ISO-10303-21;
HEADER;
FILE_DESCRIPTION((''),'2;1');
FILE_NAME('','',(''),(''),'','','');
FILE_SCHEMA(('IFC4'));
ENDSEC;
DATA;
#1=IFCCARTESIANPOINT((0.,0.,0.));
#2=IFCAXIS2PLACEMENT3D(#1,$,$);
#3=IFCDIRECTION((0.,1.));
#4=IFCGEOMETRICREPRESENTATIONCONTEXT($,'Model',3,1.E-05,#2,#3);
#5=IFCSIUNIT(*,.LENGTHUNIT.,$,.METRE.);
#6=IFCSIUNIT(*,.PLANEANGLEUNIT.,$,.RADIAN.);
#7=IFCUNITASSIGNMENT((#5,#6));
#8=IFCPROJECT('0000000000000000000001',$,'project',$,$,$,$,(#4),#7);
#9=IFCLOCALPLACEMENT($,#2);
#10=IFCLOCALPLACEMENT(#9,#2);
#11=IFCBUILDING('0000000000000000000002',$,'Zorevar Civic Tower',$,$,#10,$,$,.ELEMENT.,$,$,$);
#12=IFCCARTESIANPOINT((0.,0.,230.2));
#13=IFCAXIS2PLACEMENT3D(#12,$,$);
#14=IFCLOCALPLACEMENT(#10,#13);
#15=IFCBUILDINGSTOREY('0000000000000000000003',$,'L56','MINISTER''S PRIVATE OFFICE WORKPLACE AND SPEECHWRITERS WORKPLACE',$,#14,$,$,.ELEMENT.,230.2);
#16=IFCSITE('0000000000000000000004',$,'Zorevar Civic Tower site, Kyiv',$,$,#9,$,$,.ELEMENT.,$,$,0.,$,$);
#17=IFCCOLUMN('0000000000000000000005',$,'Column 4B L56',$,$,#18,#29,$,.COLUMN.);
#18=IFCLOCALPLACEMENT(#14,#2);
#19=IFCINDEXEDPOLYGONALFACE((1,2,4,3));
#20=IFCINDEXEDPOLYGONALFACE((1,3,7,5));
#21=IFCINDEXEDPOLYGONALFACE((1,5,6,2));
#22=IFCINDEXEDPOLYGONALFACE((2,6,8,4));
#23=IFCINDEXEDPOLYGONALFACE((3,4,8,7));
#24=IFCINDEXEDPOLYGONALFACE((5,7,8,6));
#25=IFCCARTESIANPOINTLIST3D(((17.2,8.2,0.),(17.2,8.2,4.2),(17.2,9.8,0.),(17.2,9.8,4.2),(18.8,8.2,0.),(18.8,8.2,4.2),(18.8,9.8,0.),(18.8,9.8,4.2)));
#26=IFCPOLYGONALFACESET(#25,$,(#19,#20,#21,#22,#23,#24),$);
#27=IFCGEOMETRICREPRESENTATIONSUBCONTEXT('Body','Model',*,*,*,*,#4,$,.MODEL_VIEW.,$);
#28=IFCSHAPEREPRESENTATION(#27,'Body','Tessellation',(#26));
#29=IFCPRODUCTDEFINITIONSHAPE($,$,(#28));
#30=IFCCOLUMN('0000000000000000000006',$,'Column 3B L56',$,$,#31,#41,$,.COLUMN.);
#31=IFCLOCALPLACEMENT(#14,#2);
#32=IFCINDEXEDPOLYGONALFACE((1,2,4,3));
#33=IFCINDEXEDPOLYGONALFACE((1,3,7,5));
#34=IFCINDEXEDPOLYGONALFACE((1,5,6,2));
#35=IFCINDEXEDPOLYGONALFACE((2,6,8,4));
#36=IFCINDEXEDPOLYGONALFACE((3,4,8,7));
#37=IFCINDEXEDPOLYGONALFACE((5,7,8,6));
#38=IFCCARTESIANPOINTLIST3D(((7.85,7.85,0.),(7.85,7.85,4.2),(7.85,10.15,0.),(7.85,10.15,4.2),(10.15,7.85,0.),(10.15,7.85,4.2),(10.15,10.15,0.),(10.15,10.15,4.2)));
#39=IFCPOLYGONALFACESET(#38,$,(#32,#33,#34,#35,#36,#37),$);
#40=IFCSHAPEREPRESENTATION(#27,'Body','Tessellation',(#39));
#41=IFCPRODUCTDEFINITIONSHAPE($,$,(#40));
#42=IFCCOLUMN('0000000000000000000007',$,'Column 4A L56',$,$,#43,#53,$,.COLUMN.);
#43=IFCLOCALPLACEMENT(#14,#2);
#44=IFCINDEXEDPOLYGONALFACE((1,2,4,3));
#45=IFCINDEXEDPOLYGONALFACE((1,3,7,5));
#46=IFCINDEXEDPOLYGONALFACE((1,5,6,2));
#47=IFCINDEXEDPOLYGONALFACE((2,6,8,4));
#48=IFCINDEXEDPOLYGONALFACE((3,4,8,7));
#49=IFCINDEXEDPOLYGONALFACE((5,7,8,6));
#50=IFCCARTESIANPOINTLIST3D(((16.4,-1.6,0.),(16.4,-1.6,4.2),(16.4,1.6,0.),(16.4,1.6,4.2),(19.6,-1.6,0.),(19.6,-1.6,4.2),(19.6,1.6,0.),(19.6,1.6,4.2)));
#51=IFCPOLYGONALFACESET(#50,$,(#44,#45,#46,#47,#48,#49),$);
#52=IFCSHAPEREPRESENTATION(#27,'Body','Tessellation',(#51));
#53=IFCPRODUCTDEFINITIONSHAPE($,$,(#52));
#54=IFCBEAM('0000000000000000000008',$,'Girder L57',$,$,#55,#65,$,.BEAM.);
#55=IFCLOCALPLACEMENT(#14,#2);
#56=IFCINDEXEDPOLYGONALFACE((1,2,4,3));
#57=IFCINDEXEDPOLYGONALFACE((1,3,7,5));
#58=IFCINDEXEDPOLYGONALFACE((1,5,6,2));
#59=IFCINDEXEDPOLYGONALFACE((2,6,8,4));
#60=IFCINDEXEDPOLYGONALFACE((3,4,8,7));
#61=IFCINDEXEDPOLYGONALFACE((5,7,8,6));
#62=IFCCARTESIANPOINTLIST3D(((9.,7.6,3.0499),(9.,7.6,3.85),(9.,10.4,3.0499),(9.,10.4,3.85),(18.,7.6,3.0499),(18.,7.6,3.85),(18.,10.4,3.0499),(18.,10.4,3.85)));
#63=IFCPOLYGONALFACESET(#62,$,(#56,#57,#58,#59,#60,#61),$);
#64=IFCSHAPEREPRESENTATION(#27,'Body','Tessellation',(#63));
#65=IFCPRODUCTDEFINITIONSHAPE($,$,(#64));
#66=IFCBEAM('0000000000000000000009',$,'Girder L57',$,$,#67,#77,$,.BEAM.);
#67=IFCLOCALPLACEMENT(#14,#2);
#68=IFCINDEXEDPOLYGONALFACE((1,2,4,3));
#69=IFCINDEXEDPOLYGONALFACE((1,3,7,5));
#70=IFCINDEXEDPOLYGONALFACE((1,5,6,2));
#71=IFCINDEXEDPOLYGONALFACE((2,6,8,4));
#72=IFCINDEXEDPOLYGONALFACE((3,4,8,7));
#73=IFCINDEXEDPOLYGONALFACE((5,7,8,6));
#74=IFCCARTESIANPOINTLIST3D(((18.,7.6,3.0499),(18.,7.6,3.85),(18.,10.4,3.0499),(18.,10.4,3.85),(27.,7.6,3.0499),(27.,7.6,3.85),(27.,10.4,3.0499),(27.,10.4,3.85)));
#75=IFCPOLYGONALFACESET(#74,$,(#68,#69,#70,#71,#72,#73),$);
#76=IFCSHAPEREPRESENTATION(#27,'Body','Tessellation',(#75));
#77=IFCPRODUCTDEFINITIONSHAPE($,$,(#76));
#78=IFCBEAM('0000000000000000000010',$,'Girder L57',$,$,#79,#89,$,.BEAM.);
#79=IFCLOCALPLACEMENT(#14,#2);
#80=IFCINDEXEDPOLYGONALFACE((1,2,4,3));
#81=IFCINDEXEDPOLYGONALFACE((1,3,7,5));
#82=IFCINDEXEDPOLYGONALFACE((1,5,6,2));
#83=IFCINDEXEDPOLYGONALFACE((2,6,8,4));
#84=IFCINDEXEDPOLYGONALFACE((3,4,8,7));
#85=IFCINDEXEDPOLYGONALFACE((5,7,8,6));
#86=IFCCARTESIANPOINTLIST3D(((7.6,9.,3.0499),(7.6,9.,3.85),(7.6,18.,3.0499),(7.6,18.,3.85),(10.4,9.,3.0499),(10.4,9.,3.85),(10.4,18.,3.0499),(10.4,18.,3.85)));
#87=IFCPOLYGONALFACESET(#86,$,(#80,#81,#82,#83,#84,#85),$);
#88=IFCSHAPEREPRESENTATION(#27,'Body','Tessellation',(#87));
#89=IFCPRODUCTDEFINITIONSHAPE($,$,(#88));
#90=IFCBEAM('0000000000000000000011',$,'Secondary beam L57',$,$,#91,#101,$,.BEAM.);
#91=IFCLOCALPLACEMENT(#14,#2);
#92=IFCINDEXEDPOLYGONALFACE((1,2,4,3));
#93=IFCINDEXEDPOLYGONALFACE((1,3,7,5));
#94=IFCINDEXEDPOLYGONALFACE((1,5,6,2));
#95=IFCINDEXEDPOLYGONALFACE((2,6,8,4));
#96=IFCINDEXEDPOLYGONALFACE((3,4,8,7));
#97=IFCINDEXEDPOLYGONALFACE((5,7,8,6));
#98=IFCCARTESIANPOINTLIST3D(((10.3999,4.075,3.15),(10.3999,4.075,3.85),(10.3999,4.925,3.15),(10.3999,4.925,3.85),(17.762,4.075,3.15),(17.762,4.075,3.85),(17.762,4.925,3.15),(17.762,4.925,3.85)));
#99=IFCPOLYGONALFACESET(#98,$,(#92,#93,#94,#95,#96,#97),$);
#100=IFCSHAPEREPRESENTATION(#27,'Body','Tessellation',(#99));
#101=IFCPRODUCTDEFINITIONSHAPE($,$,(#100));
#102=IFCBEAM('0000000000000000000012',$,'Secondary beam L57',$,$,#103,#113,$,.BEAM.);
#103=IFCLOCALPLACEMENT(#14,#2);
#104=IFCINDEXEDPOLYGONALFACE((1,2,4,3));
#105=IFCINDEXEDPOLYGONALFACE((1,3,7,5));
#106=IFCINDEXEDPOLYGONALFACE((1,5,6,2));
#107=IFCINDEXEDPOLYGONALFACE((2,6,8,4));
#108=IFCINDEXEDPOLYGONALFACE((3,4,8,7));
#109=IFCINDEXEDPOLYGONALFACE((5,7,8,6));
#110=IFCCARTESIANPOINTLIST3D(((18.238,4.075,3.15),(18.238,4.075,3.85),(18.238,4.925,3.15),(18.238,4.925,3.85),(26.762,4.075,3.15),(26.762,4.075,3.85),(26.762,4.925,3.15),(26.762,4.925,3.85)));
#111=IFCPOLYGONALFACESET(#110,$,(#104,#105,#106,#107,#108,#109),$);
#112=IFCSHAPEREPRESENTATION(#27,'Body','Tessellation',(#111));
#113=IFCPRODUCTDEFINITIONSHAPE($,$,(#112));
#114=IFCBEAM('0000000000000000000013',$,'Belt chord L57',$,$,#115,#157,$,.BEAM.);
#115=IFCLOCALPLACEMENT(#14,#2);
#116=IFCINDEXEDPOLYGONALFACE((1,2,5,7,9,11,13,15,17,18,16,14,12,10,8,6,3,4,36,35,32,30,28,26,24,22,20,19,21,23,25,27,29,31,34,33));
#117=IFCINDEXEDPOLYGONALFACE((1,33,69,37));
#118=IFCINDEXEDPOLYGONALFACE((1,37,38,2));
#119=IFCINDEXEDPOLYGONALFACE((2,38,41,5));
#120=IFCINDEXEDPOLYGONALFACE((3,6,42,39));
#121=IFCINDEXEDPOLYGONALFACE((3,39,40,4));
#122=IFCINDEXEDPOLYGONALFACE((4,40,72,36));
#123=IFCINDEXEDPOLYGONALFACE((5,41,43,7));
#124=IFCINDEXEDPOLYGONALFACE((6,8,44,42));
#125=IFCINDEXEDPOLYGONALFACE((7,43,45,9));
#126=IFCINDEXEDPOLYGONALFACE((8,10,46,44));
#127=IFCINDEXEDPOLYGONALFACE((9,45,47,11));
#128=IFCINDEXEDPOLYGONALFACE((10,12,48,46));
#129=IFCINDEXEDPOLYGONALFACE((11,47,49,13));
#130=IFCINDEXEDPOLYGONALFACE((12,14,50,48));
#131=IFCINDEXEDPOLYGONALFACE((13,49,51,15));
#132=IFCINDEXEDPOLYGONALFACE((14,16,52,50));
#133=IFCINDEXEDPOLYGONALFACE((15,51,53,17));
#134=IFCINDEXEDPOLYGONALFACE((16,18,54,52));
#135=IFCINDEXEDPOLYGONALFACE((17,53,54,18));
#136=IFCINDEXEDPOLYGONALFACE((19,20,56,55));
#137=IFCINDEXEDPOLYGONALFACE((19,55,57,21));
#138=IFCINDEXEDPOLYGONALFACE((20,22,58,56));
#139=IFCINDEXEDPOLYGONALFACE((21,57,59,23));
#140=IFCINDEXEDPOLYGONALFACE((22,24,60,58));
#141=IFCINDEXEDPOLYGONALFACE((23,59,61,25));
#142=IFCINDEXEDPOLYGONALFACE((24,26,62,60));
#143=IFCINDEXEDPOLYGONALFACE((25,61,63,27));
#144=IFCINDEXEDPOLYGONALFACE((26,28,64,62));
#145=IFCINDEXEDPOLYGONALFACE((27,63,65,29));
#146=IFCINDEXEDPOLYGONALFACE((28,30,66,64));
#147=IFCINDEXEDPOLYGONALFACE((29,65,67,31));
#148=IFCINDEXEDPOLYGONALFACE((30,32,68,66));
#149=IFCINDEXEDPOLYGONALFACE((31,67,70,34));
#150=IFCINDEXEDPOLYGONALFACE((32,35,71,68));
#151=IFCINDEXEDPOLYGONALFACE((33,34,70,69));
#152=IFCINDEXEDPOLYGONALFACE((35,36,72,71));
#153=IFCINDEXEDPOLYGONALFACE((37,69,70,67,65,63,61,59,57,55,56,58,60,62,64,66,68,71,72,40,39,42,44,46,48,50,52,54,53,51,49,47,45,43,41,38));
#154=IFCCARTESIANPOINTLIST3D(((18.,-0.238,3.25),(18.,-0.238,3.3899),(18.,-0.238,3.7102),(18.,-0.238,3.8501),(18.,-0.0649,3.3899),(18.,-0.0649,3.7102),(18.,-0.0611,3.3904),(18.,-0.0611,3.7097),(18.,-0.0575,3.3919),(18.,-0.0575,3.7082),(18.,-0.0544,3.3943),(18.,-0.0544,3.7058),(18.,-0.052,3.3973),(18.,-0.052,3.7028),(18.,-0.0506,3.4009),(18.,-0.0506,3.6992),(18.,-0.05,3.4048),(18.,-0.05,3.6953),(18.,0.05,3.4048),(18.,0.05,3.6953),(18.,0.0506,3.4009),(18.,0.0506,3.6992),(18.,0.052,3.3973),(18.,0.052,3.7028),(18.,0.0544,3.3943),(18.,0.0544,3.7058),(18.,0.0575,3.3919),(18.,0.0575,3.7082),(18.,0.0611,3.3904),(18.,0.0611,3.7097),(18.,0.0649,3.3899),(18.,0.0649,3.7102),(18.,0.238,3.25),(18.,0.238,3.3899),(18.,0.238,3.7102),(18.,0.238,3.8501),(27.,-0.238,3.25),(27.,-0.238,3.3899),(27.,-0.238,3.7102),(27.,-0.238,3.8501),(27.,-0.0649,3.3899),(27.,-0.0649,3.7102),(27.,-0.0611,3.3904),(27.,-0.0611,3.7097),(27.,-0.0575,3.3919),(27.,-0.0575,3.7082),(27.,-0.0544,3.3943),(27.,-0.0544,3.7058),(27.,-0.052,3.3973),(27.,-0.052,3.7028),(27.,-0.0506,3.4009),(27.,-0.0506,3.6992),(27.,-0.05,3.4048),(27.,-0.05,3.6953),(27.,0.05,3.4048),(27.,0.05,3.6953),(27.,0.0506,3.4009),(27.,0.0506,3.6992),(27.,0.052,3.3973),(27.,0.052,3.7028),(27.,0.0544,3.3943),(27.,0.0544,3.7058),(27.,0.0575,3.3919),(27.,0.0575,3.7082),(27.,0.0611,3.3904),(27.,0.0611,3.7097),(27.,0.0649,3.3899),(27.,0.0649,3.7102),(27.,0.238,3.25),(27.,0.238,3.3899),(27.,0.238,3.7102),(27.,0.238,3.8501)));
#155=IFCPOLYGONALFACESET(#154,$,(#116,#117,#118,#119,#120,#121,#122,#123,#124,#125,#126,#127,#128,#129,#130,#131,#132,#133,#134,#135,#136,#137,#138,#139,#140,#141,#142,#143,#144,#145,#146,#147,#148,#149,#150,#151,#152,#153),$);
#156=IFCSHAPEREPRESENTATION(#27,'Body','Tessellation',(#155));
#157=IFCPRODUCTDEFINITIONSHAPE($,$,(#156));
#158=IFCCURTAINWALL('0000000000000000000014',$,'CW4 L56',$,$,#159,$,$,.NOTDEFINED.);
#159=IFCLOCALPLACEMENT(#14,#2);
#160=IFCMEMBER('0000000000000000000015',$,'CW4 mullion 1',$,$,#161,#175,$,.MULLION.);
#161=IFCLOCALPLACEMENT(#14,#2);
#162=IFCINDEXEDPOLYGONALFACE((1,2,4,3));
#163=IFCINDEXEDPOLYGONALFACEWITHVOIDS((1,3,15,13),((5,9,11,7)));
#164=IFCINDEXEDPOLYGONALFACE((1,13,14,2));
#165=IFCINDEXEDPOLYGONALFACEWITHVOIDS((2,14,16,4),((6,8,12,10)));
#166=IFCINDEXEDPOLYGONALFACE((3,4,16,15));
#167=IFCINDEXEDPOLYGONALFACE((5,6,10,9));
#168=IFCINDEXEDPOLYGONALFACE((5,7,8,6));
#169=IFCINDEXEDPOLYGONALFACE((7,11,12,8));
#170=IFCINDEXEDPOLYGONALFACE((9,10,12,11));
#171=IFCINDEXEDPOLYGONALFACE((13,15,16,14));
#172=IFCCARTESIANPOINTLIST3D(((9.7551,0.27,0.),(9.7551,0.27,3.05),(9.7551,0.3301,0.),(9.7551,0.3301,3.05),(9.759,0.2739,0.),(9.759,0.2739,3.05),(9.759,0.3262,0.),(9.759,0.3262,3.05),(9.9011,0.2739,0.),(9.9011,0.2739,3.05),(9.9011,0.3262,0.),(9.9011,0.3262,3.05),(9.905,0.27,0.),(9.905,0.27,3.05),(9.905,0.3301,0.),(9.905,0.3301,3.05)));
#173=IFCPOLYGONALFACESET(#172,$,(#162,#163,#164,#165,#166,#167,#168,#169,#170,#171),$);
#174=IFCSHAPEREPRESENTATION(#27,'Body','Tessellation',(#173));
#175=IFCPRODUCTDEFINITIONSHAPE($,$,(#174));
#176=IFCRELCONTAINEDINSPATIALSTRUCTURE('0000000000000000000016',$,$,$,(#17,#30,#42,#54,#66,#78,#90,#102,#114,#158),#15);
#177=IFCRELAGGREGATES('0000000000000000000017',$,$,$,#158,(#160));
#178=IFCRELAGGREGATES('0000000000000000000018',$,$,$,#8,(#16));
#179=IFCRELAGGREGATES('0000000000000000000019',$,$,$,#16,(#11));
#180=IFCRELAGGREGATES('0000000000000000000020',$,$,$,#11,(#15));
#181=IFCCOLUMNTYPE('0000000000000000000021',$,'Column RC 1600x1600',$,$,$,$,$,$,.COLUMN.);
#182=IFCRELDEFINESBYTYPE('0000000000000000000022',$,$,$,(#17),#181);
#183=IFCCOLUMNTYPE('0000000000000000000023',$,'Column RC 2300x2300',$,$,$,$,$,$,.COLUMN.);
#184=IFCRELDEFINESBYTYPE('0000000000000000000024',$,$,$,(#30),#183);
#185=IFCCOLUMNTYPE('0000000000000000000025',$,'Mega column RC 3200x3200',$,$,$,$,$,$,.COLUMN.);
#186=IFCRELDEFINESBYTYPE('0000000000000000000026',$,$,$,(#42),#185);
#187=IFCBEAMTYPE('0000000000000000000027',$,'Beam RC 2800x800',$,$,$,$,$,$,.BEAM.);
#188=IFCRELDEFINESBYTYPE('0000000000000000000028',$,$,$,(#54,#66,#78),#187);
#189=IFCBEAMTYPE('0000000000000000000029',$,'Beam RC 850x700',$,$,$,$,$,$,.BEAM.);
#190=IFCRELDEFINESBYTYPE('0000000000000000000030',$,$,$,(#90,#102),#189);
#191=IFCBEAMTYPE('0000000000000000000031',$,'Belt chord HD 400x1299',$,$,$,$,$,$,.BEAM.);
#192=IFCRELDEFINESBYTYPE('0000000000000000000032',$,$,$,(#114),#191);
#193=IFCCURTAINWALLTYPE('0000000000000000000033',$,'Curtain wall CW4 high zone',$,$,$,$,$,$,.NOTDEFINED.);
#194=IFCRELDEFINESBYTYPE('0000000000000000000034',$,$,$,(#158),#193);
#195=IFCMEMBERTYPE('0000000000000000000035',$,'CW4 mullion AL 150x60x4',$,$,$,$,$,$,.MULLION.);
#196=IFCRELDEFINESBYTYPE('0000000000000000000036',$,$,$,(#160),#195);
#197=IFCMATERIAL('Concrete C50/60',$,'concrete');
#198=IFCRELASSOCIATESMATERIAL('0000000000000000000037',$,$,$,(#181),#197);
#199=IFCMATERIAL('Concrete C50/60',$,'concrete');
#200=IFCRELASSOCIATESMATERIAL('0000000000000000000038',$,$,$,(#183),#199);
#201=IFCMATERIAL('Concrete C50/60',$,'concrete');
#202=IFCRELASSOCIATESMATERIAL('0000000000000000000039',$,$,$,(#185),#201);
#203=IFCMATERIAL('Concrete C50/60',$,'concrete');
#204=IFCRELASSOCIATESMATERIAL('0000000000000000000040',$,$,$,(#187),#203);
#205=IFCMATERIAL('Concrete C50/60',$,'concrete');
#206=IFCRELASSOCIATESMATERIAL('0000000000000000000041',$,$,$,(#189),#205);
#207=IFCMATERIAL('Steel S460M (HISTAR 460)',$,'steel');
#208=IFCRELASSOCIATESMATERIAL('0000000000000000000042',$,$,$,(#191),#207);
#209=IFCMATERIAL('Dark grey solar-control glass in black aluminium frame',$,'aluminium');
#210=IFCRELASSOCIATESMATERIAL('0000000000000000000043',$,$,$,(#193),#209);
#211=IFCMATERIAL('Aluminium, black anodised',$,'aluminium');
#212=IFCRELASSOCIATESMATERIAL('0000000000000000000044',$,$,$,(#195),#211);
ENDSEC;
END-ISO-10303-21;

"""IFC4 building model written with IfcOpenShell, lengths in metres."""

from ifc_helpers import new_model, si_unit, direction, frame, origin, origin_2d, place, context, subcontext, project, spatial, rectangle, hollow_rectangle, i_section, extrude, material, material_profile, profile_set, type_object, element, aggregate, save


model = new_model("IFC4")

# Units and contexts
model_context = context("Model", 3, precision=1e-05, world=origin(), true_north=direction((0.0, 1.0)))
body_context = subcontext(model_context, "Body", "Model", "MODEL_VIEW")
ifc_project = project(units=[si_unit("LENGTHUNIT", "METRE"), si_unit("PLANEANGLEUNIT", "RADIAN")], contexts=[model_context])

# Site, building, storey
site_placement = place(None, origin())
site = spatial("IfcSite", under=ifc_project, at=site_placement, Name="Zorevar Civic Tower site, Kyiv", CompositionType="ELEMENT", RefElevation=0.0)
building_placement = place(site_placement, origin())
building = spatial("IfcBuilding", under=site, at=building_placement, Name="Zorevar Civic Tower", CompositionType="ELEMENT")
storey_placement = place(building_placement, frame((0.0, 0.0, 230.2)))
storey = spatial("IfcBuildingStorey", under=building, at=storey_placement, Name="L56", Description="MINISTER'S PRIVATE OFFICE WORKPLACE AND SPEECHWRITERS WORKPLACE", CompositionType="ELEMENT", Elevation=230.2)

# Columns
ifc_material_1 = material(Name="Concrete C50/60", Category="concrete")
ifc_material_profile_1 = material_profile(ifc_material_1, rectangle(XDim=1.6001, YDim=1.6001, at=origin_2d()), Name="RC 1600x1600")
ifc_profile_set_1 = profile_set([ifc_material_profile_1], Name="Concrete C50/60")
column_type_1 = type_object("IfcColumnType", Name="Column RC 1600x1600", PredefinedType="COLUMN", material=ifc_profile_set_1)
column_1_placement = place(storey_placement, frame((18.0, 9.0, 0.0), z_axis=(0.0, 0.0, 1.0), x_axis=(1.0, 0.0, 0.0)))
element("IfcColumn", 1, at=column_1_placement, inside=storey, type_object=column_type_1, Name="Column 4B L56", PredefinedType="COLUMN", context=body_context, shape_type="SweptSolid", body=[
    extrude(rectangle(XDim=1.6001, YDim=1.6001, at=origin_2d()), origin(), (0.0, 0.0, 1.0), 4.2),
])
ifc_material_2 = material(Name="Concrete C50/60", Category="concrete")
ifc_material_profile_2 = material_profile(ifc_material_2, rectangle(XDim=2.3, YDim=2.3, at=origin_2d()), Name="RC 2300x2300")
ifc_profile_set_2 = profile_set([ifc_material_profile_2], Name="Concrete C50/60")
column_type_2 = type_object("IfcColumnType", Name="Column RC 2300x2300", PredefinedType="COLUMN", material=ifc_profile_set_2)
column_2_placement = place(storey_placement, frame((9.0, 9.0, 0.0), z_axis=(0.0, 0.0, 1.0), x_axis=(1.0, 0.0, 0.0)))
element("IfcColumn", 2, at=column_2_placement, inside=storey, type_object=column_type_2, Name="Column 3B L56", PredefinedType="COLUMN", context=body_context, shape_type="SweptSolid", body=[
    extrude(rectangle(XDim=2.3, YDim=2.3, at=origin_2d()), origin(), (0.0, 0.0, 1.0), 4.2),
])
ifc_material_3 = material(Name="Concrete C50/60", Category="concrete")
ifc_material_profile_3 = material_profile(ifc_material_3, rectangle(XDim=3.2, YDim=3.2, at=origin_2d()), Name="RC 3200x3200")
ifc_profile_set_3 = profile_set([ifc_material_profile_3], Name="Concrete C50/60")
column_type_3 = type_object("IfcColumnType", Name="Mega column RC 3200x3200", PredefinedType="COLUMN", material=ifc_profile_set_3)
column_3_placement = place(storey_placement, frame((18.0, 0.0, 0.0), z_axis=(0.0, 0.0, 1.0), x_axis=(1.0, 0.0, 0.0)))
element("IfcColumn", 3, at=column_3_placement, inside=storey, type_object=column_type_3, Name="Column 4A L56", PredefinedType="COLUMN", context=body_context, shape_type="SweptSolid", body=[
    extrude(rectangle(XDim=3.2, YDim=3.2, at=origin_2d()), origin(), (0.0, 0.0, 1.0), 4.2),
])

# Beams
ifc_material_4 = material(Name="Concrete C50/60", Category="concrete")
ifc_material_profile_4 = material_profile(ifc_material_4, rectangle(XDim=2.8, YDim=0.8, at=origin_2d()), Name="RC 2800x800")
ifc_profile_set_4 = profile_set([ifc_material_profile_4], Name="Concrete C50/60")
beam_type_1 = type_object("IfcBeamType", Name="Beam RC 2800x800", PredefinedType="BEAM", material=ifc_profile_set_4)
for number, where, z_axis, x_axis, name in (
    (4, (9.0, 9.0, 3.45), (1.0, 0.0, 0.0), (0.0, 1.0, 0.0), "Girder L57"),
    (5, (18.0, 9.0, 3.45), (1.0, 0.0, 0.0), (0.0, 1.0, 0.0), "Girder L57"),
    (6, (9.0, 9.0, 3.45), (0.0, 1.0, 0.0), (-1.0, 0.0, 0.0), "Girder L57"),
):
    element("IfcBeam", number, at=place(storey_placement, frame(where, z_axis=z_axis, x_axis=x_axis)), inside=storey, type_object=beam_type_1, Name=name, PredefinedType="BEAM", context=body_context, shape_type="SweptSolid", body=[
        extrude(rectangle(XDim=2.8, YDim=0.8, at=origin_2d()), origin(), (0.0, 0.0, 1.0), 9.0),
    ])
ifc_material_5 = material(Name="Concrete C50/60", Category="concrete")
ifc_material_profile_5 = material_profile(ifc_material_5, rectangle(XDim=0.8501, YDim=0.7, at=origin_2d()), Name="RC 850x700")
ifc_profile_set_5 = profile_set([ifc_material_profile_5], Name="Concrete C50/60")
beam_type_2 = type_object("IfcBeamType", Name="Beam RC 850x700", PredefinedType="BEAM", material=ifc_profile_set_5)
beam_1_placement = place(storey_placement, frame((10.3999, 4.5, 3.5), z_axis=(1.0, 0.0, 0.0), x_axis=(0.0, 1.0, 0.0)))
element("IfcBeam", 7, at=beam_1_placement, inside=storey, type_object=beam_type_2, Name="Secondary beam L57", PredefinedType="BEAM", context=body_context, shape_type="SweptSolid", body=[
    extrude(rectangle(XDim=0.8501, YDim=0.7, at=origin_2d()), origin(), (0.0, 0.0, 1.0), 7.3621),
])
beam_2_placement = place(storey_placement, frame((18.238, 4.5, 3.5), z_axis=(1.0, 0.0, 0.0), x_axis=(0.0, 1.0, 0.0)))
element("IfcBeam", 8, at=beam_2_placement, inside=storey, type_object=beam_type_2, Name="Secondary beam L57", PredefinedType="BEAM", context=body_context, shape_type="SweptSolid", body=[
    extrude(rectangle(XDim=0.8501, YDim=0.7, at=origin_2d()), origin(), (0.0, 0.0, 1.0), 8.5239),
])
ifc_material_6 = material(Name="Steel S460M (HISTAR 460)", Category="steel")
ifc_material_profile_6 = material_profile(ifc_material_6, i_section(OverallWidth=0.4761, OverallDepth=0.6001, WebThickness=0.1001, FlangeThickness=0.1399, FilletRadius=0.0149, at=origin_2d()), Name="HD 400x1299")
ifc_profile_set_6 = profile_set([ifc_material_profile_6], Name="Steel S460M (HISTAR 460)")
beam_type_3 = type_object("IfcBeamType", Name="Belt chord HD 400x1299", PredefinedType="BEAM", material=ifc_profile_set_6)
beam_3_placement = place(storey_placement, frame((18.0, 0.0, 3.55), z_axis=(1.0, 0.0, 0.0), x_axis=(0.0, 1.0, 0.0)))
element("IfcBeam", 9, at=beam_3_placement, inside=storey, type_object=beam_type_3, Name="Belt chord L57", PredefinedType="BEAM", context=body_context, shape_type="SweptSolid", body=[
    extrude(i_section(OverallWidth=0.4761, OverallDepth=0.6001, WebThickness=0.1001, FlangeThickness=0.1399, FilletRadius=0.0149, at=origin_2d()), origin(), (0.0, 0.0, 1.0), 9.0),
])

# Curtain wall, member
ifc_material_7 = material(Name="Dark grey solar-control glass in black aluminium frame", Category="aluminium")
curtain_wall_type = type_object("IfcCurtainWallType", Name="Curtain wall CW4 high zone", PredefinedType="NOTDEFINED", material=ifc_material_7)
curtain_wall_1_placement = place(storey_placement, origin())
curtain_wall_1 = element("IfcCurtainWall", 10, at=curtain_wall_1_placement, inside=storey, type_object=curtain_wall_type, Name="CW4 L56", PredefinedType="NOTDEFINED")
ifc_material_8 = material(Name="Aluminium, black anodised", Category="aluminium")
ifc_material_profile_7 = material_profile(ifc_material_8, hollow_rectangle(XDim=0.0601, YDim=0.1499, WallThickness=0.0039, at=origin_2d()), Name="AL 150x60x4")
ifc_profile_set_7 = profile_set([ifc_material_profile_7], Name="Aluminium, black anodised")
member_type_1 = type_object("IfcMemberType", Name="CW4 mullion AL 150x60x4", PredefinedType="MULLION", material=ifc_profile_set_7)
member_1_placement = place(storey_placement, frame((9.8301, 0.3, 0.0), z_axis=(0.0, 0.0, 1.0), x_axis=(0.0, 1.0, 0.0)))
member_1 = element("IfcMember", 11, at=member_1_placement, type_object=member_type_1, Name="CW4 mullion 1", PredefinedType="MULLION", context=body_context, shape_type="SweptSolid", body=[
    extrude(hollow_rectangle(XDim=0.0601, YDim=0.1499, WallThickness=0.0039, at=origin_2d()), origin(), (0.0, 0.0, 1.0), 3.05),
])

aggregate(curtain_wall_1, [member_1])

save(model, "model.ifc")
